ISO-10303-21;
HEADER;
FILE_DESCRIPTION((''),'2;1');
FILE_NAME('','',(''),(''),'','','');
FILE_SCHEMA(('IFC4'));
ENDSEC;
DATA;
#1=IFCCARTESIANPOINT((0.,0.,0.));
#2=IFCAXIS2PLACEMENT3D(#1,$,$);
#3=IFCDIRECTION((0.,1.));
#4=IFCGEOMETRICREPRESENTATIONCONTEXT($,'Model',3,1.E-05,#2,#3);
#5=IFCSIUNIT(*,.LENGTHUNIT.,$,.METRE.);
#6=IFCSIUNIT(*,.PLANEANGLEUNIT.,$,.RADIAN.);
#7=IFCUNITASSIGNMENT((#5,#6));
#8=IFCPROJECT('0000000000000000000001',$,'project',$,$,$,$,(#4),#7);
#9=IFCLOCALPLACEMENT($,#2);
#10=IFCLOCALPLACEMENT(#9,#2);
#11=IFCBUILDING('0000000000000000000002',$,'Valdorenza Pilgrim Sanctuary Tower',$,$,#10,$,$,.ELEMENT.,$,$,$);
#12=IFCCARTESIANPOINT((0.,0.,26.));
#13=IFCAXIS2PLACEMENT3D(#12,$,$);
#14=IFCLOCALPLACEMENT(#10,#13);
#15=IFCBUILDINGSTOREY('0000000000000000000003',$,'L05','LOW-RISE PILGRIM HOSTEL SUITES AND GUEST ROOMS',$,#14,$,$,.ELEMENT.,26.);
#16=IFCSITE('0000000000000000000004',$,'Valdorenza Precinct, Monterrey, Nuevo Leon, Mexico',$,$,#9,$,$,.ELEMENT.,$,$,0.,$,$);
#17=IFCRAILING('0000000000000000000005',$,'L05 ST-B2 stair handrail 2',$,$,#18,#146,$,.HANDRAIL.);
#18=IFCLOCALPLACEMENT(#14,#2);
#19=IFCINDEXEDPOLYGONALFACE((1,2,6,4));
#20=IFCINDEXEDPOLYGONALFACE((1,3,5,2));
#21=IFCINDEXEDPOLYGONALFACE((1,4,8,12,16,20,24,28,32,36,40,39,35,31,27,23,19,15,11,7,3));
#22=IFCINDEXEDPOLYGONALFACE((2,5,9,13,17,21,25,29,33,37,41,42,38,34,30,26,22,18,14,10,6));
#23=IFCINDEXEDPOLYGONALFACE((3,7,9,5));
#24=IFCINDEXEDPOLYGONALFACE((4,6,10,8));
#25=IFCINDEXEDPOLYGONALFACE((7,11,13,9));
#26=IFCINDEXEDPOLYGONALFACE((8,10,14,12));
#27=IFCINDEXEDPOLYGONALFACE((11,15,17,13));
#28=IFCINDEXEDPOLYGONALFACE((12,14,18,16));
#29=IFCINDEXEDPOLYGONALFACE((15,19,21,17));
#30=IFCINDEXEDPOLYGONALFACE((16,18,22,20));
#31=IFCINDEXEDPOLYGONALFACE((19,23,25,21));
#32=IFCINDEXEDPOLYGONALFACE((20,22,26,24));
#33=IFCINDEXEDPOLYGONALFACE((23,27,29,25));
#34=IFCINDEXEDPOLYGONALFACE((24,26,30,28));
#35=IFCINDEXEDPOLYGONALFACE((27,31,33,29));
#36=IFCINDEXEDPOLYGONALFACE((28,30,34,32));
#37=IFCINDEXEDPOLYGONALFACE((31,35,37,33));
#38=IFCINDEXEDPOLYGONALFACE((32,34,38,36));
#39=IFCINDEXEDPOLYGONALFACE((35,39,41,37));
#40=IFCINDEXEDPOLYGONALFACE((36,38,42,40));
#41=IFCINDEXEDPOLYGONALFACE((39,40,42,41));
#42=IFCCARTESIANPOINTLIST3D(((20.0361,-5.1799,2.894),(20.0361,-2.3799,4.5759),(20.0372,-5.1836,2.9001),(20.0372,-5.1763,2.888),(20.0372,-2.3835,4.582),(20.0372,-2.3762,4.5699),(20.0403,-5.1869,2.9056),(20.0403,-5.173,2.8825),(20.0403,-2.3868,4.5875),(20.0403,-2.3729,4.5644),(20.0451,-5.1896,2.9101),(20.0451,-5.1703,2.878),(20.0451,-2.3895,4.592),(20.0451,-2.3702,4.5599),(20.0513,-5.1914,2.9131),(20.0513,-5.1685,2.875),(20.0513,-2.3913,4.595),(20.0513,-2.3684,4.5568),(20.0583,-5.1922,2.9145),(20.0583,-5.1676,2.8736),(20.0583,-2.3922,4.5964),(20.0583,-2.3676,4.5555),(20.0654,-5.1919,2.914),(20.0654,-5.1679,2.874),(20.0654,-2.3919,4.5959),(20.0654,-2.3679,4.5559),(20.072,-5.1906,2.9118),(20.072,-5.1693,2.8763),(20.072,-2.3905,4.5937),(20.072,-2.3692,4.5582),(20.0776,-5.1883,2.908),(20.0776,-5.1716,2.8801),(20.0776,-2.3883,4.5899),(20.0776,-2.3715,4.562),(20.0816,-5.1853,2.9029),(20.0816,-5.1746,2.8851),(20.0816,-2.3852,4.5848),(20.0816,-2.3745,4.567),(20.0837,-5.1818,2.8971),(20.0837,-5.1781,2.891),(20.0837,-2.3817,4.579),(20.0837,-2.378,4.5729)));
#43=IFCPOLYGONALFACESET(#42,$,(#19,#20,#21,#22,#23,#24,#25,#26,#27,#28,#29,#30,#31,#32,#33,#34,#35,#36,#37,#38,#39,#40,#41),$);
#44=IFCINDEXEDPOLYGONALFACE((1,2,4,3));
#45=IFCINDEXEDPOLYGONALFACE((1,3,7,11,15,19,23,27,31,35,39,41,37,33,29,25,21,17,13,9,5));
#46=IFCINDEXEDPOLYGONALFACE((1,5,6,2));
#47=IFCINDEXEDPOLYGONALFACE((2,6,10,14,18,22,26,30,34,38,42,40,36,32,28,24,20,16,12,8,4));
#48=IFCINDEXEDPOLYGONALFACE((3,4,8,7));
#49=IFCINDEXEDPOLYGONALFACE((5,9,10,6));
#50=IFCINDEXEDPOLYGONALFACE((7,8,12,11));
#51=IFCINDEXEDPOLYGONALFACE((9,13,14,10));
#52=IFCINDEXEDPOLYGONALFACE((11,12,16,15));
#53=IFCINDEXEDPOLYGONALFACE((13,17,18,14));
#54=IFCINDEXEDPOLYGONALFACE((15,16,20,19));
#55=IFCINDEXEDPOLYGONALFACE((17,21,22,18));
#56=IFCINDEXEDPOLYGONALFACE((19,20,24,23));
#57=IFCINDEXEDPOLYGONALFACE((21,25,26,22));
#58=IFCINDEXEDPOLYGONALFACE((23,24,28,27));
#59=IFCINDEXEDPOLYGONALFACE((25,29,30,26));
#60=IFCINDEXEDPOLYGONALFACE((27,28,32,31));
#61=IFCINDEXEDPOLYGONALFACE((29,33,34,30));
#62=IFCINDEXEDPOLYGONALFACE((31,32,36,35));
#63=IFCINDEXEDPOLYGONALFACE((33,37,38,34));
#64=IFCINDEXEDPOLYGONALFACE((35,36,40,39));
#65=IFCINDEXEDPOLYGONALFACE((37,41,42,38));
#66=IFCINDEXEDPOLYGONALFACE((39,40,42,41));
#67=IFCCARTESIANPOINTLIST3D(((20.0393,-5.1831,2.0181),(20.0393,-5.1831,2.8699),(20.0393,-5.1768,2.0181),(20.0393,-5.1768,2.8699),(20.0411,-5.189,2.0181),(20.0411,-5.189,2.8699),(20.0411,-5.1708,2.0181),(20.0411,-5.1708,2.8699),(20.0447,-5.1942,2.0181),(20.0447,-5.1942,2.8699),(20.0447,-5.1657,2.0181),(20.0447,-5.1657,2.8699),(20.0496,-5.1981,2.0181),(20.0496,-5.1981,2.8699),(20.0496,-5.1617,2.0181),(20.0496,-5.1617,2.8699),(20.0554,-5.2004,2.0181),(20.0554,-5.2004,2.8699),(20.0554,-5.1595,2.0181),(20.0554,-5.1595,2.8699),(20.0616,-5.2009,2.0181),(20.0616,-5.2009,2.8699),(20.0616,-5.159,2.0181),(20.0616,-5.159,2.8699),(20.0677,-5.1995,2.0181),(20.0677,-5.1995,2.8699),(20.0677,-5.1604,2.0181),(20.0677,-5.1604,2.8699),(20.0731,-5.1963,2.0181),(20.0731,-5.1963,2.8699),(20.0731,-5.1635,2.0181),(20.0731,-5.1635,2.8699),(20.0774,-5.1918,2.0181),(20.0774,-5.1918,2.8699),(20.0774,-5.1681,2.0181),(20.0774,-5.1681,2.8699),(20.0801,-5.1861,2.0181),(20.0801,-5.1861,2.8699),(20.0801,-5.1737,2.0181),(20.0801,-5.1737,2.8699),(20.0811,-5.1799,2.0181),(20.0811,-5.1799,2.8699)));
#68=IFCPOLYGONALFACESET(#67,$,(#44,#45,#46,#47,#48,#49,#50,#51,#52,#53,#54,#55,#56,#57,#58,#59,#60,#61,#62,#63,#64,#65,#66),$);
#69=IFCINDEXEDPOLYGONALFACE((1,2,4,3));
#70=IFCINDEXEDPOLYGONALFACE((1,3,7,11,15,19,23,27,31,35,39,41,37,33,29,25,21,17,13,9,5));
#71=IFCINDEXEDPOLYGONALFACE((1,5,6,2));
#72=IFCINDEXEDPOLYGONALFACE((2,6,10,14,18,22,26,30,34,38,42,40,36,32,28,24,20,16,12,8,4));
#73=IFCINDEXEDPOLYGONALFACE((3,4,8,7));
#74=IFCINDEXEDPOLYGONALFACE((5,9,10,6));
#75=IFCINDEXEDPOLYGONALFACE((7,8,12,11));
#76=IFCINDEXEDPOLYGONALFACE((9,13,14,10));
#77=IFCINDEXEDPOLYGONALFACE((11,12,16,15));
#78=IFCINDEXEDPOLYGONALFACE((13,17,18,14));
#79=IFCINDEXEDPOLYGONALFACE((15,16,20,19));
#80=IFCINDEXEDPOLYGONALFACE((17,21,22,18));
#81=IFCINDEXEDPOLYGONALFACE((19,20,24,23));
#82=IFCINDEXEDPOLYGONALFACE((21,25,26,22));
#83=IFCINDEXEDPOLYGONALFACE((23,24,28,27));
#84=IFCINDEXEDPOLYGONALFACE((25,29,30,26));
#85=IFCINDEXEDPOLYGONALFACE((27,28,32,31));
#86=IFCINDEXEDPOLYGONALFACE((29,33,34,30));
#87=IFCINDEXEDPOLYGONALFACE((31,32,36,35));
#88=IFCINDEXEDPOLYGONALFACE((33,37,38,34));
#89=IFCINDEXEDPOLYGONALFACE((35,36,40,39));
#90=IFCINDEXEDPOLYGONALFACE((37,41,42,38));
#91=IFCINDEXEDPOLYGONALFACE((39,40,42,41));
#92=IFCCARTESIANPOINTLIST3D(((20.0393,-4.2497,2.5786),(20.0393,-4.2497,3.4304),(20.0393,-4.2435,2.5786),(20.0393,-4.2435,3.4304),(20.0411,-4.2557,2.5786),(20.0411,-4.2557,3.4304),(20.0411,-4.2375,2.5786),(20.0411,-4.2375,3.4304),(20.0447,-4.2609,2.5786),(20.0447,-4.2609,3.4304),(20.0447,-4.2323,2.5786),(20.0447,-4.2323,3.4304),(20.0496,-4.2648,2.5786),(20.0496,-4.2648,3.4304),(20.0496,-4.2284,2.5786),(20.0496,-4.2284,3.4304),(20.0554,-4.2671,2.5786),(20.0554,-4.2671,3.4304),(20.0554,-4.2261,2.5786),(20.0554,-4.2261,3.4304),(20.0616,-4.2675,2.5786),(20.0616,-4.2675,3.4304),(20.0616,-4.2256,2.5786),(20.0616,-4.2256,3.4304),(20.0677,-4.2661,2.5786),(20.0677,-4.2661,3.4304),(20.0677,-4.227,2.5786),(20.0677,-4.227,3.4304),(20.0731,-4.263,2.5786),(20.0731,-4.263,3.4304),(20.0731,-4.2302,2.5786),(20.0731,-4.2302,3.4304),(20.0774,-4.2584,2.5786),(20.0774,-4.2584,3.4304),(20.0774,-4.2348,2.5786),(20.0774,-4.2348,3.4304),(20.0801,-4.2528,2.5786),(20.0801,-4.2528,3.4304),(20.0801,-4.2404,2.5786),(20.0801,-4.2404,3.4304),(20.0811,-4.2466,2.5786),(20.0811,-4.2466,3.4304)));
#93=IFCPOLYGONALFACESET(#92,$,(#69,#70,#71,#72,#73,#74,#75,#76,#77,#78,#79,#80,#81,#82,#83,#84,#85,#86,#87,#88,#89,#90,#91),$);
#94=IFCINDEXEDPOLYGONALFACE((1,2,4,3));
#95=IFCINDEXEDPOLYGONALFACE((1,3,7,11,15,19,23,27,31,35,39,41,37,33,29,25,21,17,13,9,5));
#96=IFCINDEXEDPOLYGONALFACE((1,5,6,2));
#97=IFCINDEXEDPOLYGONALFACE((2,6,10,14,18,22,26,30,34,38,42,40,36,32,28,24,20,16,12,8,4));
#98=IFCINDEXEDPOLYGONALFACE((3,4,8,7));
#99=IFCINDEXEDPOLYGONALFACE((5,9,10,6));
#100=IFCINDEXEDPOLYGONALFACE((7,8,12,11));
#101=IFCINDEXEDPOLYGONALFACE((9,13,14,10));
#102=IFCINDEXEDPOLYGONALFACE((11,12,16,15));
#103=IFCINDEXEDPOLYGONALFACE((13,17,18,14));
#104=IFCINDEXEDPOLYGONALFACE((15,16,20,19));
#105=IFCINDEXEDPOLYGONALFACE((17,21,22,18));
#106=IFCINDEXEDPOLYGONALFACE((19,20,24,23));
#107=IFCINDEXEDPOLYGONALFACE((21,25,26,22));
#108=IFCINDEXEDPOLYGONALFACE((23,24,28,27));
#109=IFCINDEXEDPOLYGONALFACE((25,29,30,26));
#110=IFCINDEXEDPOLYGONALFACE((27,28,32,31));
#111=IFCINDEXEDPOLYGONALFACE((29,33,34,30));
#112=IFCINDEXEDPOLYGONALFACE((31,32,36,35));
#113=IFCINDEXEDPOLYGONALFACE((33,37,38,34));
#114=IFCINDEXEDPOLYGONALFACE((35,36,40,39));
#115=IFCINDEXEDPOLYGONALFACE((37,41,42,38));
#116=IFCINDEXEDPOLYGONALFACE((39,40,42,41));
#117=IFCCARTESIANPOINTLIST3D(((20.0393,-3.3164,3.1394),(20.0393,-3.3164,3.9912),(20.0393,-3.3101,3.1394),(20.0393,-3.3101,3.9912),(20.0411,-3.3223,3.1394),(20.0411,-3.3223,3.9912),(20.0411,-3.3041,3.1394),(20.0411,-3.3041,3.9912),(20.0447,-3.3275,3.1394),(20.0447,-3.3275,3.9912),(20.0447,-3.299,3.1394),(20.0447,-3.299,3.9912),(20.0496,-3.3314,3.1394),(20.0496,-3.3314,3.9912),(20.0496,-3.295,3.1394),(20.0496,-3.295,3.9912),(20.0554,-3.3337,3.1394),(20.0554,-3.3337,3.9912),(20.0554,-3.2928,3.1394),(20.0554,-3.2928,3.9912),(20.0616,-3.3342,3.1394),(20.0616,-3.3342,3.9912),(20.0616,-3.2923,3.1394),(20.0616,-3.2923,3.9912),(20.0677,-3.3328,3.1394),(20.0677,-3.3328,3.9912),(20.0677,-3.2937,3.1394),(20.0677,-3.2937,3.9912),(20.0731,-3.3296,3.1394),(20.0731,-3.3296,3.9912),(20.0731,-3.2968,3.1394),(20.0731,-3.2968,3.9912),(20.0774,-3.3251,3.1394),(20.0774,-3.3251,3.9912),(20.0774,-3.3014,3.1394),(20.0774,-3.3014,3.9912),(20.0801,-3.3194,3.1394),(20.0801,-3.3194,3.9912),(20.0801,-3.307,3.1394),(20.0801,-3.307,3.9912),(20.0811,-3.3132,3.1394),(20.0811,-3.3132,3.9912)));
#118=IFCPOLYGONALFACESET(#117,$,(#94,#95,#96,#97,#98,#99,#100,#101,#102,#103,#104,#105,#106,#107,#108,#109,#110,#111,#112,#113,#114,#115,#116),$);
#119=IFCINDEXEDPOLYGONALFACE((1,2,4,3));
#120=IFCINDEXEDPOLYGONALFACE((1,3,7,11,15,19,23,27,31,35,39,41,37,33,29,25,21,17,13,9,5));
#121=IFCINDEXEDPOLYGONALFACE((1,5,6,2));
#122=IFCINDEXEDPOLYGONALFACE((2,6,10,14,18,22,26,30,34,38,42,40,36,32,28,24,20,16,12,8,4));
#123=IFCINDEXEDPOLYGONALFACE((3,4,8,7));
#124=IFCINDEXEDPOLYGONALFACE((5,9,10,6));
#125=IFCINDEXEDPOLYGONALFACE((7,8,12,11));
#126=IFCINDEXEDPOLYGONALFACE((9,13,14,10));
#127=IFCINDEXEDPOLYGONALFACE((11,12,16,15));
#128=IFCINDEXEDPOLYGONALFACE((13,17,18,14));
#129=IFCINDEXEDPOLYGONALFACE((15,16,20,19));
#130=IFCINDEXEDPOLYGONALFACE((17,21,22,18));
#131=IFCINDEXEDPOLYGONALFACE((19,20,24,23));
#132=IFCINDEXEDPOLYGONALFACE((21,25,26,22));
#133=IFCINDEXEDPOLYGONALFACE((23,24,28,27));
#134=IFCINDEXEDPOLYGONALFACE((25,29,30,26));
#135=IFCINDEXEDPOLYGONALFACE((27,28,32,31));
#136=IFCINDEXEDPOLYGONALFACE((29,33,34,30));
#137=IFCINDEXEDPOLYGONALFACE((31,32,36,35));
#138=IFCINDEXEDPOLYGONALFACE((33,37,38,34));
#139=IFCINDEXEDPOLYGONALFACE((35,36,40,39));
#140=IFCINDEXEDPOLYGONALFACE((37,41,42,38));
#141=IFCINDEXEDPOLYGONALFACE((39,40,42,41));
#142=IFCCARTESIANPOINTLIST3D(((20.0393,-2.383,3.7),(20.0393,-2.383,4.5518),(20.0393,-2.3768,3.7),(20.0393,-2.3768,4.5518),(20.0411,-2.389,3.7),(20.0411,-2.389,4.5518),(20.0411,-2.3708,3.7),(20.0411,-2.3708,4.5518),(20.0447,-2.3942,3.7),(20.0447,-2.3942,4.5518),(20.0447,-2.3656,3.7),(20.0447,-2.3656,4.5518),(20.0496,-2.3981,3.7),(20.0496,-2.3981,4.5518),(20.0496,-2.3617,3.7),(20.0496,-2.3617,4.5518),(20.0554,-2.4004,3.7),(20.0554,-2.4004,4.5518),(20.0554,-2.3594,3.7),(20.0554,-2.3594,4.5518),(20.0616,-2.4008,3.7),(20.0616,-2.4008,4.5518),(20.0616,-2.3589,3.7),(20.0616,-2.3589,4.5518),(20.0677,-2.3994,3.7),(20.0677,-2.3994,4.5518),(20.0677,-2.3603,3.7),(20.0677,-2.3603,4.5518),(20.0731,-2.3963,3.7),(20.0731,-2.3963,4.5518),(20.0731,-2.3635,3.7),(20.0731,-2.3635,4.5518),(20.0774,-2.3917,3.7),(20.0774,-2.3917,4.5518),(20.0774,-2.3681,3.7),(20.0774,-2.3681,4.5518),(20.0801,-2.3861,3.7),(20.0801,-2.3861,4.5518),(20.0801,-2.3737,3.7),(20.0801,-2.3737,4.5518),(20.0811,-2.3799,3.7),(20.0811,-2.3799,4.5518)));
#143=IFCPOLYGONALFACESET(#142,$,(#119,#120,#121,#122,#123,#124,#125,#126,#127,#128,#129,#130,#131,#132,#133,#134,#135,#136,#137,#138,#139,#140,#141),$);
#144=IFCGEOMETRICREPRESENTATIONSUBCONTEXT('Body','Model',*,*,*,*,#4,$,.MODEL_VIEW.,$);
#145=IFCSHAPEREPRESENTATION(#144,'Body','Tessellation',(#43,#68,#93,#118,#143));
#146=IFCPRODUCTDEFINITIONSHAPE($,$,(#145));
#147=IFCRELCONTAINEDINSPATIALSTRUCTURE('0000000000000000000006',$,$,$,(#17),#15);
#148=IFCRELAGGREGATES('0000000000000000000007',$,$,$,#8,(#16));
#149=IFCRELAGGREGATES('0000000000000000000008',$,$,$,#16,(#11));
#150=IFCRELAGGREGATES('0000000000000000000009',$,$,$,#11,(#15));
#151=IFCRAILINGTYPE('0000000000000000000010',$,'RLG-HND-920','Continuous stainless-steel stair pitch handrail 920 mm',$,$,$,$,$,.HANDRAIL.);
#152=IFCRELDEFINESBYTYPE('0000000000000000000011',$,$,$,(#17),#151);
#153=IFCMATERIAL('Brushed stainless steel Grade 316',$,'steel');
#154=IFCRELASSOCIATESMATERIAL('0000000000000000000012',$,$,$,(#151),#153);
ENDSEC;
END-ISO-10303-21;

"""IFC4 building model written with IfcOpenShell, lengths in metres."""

from ifc_helpers import new_model, si_unit, direction, frame, origin, origin_2d, place, context, subcontext, project, spatial, circle, extrude, material, type_object, element, save


model = new_model("IFC4")

# Units and contexts
model_context = context("Model", 3, precision=1e-05, world=origin(), true_north=direction((0.0, 1.0)))
body_context = subcontext(model_context, "Body", "Model", "MODEL_VIEW")
ifc_project = project(units=[si_unit("LENGTHUNIT", "METRE"), si_unit("PLANEANGLEUNIT", "RADIAN")], contexts=[model_context])

# Site, building, storey
site_placement = place(None, origin())
site = spatial("IfcSite", under=ifc_project, at=site_placement, Name="Valdorenza Precinct, Monterrey, Nuevo Leon, Mexico", CompositionType="ELEMENT", RefElevation=0.0)
building_placement = place(site_placement, origin())
building = spatial("IfcBuilding", under=site, at=building_placement, Name="Valdorenza Pilgrim Sanctuary Tower", CompositionType="ELEMENT")
storey_placement = place(building_placement, frame((0.0, 0.0, 26.0)))
storey = spatial("IfcBuildingStorey", under=building, at=storey_placement, Name="L05", Description="LOW-RISE PILGRIM HOSTEL SUITES AND GUEST ROOMS", CompositionType="ELEMENT", Elevation=26.0)

# Shared definitions
ifc_material_1 = material(Name="Brushed stainless steel Grade 316", Category="steel")

# Railing
railing_type_1 = type_object("IfcRailingType", Name="RLG-HND-920", Description="Continuous stainless-steel stair pitch handrail 920 mm", PredefinedType="HANDRAIL", material=ifc_material_1)
railing_1_placement = place(storey_placement, frame((20.0601, -5.1799, 2.0181)))
element("IfcRailing", 1, at=railing_1_placement, inside=storey, type_object=railing_type_1, Name="L05 ST-B2 stair handrail 2", PredefinedType="HANDRAIL", context=body_context, shape_type="SweptSolid", body=[
    extrude(circle(Radius=0.0239, at=origin_2d()), frame((0.0, 0.0, 0.876), z_axis=(0.0, 0.857242, 0.514913), x_axis=(-1.0, 0.0, 0.0)), (0.0, 0.0, 1.0), 3.2664),
    extrude(circle(Radius=0.021, at=origin_2d()), origin(), (0.0, 0.0, 1.0), 0.8518),
    extrude(circle(Radius=0.021, at=origin_2d()), frame((0.0, 0.9333, 0.5605)), (0.0, 0.0, 1.0), 0.8518),
    extrude(circle(Radius=0.021, at=origin_2d()), frame((0.0, 1.8667, 1.1213)), (0.0, 0.0, 1.0), 0.8518),
    extrude(circle(Radius=0.021, at=origin_2d()), frame((0.0, 2.8, 1.6819)), (0.0, 0.0, 1.0), 0.8518),
])

save(model, "model.ifc")
